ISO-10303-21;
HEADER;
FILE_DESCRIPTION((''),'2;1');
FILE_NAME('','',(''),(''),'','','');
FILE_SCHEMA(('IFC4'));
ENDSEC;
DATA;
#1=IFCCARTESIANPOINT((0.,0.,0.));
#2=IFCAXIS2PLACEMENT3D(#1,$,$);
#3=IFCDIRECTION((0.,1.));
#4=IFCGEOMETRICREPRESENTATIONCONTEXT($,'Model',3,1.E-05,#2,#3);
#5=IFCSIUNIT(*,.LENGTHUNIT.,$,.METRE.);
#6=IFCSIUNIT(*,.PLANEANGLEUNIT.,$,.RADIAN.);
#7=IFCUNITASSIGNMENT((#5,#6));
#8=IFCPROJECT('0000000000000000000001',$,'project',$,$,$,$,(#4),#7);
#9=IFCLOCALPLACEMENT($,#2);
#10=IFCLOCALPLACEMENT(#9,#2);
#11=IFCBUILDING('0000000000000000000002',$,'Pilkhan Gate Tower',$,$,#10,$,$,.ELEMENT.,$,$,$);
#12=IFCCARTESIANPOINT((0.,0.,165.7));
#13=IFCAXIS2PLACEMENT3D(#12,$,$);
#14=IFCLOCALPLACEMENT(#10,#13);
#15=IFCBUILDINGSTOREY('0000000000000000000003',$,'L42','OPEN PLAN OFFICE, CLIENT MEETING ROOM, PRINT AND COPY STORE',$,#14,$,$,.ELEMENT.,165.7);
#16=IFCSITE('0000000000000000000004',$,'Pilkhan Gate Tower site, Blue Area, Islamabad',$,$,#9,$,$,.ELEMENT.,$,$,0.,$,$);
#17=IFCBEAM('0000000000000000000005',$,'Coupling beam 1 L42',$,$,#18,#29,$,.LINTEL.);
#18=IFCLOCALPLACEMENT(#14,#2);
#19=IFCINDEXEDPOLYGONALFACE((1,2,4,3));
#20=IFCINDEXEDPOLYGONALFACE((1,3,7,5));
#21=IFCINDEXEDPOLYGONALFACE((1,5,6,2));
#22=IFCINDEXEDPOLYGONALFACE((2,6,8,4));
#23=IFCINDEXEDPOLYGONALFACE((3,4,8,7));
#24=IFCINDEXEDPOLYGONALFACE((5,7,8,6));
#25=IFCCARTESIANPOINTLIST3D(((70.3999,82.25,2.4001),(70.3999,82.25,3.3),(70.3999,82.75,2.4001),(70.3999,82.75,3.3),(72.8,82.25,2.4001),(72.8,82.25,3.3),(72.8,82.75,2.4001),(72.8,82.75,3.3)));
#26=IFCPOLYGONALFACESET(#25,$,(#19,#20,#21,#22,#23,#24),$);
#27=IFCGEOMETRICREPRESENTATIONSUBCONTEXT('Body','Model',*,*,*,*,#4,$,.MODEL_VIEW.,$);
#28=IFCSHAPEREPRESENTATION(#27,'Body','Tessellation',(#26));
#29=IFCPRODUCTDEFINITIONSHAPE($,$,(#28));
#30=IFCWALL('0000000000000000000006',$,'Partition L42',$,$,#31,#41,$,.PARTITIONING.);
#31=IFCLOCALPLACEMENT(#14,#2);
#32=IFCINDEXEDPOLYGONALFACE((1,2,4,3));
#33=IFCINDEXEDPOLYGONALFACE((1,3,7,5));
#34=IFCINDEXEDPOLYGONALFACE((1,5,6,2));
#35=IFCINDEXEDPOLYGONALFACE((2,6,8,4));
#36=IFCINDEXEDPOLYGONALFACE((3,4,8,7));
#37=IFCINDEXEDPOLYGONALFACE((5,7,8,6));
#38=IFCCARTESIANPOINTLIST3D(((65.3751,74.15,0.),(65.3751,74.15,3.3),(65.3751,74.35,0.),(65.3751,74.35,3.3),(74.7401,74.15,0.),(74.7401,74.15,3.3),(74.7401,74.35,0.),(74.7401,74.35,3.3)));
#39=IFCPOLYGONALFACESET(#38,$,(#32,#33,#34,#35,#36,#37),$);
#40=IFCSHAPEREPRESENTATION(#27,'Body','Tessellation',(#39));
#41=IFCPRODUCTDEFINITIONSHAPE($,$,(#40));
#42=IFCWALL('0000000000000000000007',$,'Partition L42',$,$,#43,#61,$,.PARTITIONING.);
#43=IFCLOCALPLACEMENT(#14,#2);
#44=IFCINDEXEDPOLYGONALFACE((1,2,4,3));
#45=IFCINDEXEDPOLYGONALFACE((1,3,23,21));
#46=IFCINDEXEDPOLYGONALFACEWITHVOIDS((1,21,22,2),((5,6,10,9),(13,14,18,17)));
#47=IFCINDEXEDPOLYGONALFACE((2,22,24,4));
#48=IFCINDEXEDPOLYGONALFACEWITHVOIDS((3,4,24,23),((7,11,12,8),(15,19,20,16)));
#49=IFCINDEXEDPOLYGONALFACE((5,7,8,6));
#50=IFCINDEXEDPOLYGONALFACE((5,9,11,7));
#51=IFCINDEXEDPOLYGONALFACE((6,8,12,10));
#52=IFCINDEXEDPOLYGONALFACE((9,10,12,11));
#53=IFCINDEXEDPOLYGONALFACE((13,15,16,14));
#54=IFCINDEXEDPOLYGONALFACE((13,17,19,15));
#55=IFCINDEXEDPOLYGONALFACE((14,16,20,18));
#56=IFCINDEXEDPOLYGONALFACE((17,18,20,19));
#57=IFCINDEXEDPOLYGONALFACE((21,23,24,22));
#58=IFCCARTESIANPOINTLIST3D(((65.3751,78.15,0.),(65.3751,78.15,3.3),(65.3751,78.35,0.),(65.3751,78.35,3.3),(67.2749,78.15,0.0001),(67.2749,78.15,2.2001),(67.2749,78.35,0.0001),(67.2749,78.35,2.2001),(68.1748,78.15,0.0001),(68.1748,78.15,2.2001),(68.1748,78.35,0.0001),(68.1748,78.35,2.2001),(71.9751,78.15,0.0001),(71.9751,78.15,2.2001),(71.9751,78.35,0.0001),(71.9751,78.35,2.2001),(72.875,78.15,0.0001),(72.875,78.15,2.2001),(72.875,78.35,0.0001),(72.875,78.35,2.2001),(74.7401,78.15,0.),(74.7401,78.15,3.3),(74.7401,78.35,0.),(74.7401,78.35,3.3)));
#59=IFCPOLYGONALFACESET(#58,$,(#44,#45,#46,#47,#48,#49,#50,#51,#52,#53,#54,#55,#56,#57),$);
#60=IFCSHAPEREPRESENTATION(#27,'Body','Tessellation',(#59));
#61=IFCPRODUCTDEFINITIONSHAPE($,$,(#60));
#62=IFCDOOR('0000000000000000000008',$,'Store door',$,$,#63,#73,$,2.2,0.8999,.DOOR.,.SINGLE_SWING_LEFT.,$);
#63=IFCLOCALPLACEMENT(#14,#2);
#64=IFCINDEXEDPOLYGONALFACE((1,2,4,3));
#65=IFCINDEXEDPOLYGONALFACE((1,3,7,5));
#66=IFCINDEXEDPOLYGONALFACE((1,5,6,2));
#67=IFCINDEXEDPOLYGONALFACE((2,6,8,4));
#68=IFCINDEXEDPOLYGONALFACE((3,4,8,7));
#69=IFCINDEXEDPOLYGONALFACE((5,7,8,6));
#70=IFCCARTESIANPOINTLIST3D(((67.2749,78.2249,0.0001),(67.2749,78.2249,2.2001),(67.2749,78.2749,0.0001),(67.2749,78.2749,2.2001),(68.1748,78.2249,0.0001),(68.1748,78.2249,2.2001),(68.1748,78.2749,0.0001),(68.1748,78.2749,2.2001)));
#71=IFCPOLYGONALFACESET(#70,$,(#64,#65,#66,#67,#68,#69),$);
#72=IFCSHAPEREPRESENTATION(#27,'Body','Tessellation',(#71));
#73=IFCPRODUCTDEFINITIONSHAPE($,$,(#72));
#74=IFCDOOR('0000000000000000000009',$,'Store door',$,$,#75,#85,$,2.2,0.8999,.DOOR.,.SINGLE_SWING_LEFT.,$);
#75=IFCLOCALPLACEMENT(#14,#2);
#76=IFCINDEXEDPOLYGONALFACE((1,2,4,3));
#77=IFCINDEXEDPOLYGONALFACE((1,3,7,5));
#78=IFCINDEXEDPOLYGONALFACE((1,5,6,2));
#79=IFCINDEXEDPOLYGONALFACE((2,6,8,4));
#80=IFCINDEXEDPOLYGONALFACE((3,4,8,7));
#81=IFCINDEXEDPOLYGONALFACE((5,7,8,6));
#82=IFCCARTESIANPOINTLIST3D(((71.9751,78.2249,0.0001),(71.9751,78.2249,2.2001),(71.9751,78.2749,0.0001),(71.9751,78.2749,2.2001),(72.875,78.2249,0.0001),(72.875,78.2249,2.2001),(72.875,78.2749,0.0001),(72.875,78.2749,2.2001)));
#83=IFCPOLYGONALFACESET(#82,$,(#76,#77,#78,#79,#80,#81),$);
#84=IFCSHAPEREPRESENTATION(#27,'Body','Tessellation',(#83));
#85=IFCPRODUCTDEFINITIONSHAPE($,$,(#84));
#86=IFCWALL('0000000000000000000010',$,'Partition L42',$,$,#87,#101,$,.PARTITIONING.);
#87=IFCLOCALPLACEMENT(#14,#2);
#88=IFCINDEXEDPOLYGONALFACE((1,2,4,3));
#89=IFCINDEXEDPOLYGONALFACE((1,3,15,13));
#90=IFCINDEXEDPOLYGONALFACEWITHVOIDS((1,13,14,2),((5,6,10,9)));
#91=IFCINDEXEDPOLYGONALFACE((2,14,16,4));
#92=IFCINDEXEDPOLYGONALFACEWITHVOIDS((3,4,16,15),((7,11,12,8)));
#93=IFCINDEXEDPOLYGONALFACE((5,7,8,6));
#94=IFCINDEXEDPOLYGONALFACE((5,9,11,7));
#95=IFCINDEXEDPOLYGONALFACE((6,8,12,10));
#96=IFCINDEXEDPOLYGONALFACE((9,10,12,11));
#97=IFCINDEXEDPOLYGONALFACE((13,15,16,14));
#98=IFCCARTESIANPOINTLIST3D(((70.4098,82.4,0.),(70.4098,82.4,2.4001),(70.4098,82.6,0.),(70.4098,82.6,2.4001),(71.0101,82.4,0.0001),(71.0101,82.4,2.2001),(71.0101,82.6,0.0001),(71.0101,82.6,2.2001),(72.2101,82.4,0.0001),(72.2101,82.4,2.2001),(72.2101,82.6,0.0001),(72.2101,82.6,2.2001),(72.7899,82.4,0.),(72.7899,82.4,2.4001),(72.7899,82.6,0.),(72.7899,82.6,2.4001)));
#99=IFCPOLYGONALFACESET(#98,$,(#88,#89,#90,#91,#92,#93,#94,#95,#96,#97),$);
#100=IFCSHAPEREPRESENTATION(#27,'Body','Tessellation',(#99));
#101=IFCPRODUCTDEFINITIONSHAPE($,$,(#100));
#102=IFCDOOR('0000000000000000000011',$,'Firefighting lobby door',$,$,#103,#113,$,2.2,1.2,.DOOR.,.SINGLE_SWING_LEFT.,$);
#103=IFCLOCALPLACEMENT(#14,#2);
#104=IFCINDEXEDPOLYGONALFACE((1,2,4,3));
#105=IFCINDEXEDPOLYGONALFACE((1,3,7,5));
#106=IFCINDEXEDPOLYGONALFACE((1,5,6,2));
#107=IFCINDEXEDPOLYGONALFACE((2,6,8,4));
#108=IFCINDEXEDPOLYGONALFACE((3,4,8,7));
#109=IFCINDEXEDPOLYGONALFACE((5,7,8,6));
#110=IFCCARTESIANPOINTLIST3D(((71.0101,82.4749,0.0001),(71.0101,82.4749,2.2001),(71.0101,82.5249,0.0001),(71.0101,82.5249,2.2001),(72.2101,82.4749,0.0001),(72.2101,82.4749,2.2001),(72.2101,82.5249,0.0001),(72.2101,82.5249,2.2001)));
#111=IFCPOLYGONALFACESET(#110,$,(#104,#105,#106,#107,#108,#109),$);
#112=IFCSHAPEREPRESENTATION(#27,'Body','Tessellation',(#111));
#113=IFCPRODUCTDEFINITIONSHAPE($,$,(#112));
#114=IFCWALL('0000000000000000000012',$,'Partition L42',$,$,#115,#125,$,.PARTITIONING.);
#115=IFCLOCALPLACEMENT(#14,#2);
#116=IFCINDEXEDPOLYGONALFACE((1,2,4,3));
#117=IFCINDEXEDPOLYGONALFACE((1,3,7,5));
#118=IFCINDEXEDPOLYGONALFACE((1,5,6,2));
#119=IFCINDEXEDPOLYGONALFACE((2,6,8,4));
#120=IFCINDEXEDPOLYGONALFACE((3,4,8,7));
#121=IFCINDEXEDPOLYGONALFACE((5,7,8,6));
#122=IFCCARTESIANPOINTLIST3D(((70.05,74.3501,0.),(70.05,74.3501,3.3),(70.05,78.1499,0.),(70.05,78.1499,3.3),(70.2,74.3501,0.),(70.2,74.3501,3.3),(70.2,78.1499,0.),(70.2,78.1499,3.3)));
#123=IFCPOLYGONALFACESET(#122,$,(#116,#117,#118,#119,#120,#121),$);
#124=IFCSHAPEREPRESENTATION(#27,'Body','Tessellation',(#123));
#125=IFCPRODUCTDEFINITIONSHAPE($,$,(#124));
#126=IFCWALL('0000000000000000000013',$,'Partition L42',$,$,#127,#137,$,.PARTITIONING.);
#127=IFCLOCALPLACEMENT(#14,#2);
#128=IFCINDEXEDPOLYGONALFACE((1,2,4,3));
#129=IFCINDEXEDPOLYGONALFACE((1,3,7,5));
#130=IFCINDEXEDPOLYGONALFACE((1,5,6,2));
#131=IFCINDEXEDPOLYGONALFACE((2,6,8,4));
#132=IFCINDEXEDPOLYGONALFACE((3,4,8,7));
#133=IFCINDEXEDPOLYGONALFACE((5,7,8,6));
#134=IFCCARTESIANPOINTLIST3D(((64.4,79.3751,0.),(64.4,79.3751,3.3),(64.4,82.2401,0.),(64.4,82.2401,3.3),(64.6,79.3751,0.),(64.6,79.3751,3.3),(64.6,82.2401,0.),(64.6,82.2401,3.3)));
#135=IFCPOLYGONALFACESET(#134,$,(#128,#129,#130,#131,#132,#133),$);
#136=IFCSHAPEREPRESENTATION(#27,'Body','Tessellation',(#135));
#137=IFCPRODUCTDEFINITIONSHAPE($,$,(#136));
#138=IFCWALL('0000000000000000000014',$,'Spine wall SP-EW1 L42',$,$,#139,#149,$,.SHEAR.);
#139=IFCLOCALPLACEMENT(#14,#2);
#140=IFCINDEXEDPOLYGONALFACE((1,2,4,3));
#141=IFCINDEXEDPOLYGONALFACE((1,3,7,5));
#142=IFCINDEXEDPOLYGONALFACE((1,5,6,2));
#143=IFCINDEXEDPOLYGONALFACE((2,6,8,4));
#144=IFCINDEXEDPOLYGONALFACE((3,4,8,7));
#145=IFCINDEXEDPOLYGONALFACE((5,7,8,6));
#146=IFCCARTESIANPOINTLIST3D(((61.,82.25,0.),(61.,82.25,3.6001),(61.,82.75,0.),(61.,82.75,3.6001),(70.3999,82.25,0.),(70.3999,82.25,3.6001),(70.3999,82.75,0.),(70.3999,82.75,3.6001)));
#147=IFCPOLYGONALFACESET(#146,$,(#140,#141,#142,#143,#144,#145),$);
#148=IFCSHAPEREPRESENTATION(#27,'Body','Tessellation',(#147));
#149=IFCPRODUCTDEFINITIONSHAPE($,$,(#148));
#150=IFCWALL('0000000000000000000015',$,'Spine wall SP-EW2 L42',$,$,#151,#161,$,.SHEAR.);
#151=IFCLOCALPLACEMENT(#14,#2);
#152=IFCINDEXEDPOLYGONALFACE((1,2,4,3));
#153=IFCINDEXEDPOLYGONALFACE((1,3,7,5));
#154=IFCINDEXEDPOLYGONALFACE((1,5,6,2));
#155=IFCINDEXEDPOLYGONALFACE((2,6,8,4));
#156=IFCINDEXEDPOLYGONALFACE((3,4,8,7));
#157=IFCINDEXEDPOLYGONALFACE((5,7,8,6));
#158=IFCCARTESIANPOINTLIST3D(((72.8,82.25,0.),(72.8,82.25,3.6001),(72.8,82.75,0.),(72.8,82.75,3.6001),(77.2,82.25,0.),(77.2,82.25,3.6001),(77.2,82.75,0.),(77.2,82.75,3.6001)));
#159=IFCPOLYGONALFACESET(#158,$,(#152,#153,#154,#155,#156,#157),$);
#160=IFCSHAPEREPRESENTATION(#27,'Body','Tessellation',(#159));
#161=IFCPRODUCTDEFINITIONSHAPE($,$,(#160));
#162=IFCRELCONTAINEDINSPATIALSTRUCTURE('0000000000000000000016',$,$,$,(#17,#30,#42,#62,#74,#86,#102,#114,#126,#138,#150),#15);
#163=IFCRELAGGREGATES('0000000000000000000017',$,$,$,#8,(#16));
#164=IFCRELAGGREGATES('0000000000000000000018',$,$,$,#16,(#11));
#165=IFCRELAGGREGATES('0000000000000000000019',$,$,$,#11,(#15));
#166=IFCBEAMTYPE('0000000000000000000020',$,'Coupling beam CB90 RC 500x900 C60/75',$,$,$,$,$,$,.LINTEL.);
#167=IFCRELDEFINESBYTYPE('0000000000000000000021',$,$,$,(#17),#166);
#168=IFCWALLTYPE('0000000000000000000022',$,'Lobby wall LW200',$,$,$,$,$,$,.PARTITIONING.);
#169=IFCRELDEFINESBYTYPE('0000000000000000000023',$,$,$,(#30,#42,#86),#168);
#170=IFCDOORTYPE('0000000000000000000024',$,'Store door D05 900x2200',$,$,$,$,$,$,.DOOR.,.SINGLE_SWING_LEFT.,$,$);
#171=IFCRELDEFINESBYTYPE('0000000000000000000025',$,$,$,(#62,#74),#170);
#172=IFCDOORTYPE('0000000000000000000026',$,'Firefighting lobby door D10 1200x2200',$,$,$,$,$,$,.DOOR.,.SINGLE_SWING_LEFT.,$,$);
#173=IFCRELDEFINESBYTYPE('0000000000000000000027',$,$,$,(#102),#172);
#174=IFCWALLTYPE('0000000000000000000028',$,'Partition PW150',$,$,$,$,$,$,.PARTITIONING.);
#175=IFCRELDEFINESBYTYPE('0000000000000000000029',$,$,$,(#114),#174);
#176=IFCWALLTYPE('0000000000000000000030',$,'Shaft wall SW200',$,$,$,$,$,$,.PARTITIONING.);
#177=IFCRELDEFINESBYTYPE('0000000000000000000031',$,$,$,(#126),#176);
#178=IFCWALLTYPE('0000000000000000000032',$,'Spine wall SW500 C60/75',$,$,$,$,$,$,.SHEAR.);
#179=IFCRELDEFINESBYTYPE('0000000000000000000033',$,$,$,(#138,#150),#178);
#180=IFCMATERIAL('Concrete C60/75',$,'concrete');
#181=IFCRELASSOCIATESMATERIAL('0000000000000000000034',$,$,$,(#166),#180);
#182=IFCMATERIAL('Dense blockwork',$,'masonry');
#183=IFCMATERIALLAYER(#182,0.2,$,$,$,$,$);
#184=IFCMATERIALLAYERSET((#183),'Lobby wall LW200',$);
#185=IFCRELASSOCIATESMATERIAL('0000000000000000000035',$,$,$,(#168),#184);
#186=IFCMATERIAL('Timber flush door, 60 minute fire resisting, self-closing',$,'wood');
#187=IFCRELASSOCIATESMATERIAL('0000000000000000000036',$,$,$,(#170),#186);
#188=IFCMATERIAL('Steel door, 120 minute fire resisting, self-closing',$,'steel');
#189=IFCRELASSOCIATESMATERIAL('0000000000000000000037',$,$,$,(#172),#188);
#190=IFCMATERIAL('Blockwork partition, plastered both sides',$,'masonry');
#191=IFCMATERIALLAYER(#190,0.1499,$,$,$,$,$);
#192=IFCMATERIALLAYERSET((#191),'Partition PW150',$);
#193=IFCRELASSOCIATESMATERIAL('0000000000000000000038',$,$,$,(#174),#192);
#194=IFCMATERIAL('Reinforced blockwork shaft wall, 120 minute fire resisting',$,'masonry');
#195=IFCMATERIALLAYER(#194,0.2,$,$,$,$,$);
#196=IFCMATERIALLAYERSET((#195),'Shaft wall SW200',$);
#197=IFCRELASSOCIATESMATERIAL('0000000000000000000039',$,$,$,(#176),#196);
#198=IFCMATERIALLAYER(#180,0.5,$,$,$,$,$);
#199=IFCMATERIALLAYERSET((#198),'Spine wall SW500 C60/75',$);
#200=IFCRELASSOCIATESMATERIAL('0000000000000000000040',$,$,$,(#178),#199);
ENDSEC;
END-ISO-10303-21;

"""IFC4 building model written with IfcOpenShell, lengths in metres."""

from ifc_helpers import new_model, si_unit, direction, frame, frame_2d, origin, origin_2d, place, context, subcontext, project, spatial, rectangle, extrude, material, layer, layer_set, material_profile, profile_set, type_object, element, fill, save


model = new_model("IFC4")

# Units and contexts
model_context = context("Model", 3, precision=1e-05, world=origin(), true_north=direction((0.0, 1.0)))
body_context = subcontext(model_context, "Body", "Model", "MODEL_VIEW")
ifc_project = project(units=[si_unit("LENGTHUNIT", "METRE"), si_unit("PLANEANGLEUNIT", "RADIAN")], contexts=[model_context])

# Site, building, storey
site_placement = place(None, origin())
site = spatial("IfcSite", under=ifc_project, at=site_placement, Name="Pilkhan Gate Tower site, Blue Area, Islamabad", CompositionType="ELEMENT", RefElevation=0.0)
building_placement = place(site_placement, origin())
building = spatial("IfcBuilding", under=site, at=building_placement, Name="Pilkhan Gate Tower", CompositionType="ELEMENT")
storey_placement = place(building_placement, frame((0.0, 0.0, 165.7)))
storey = spatial("IfcBuildingStorey", under=building, at=storey_placement, Name="L42", Description="OPEN PLAN OFFICE, CLIENT MEETING ROOM, PRINT AND COPY STORE", CompositionType="ELEMENT", Elevation=165.7)

# Beam
ifc_material_1 = material(Name="Concrete C60/75", Category="concrete")
ifc_material_profile = material_profile(ifc_material_1, rectangle(XDim=0.5, YDim=0.8999, at=origin_2d()), Name="RC 500x900")
ifc_profile_set = profile_set([ifc_material_profile], Name="Concrete C60/75")
beam_type = type_object("IfcBeamType", Name="Coupling beam CB90 RC 500x900 C60/75", PredefinedType="LINTEL", material=ifc_profile_set)
beam_placement = place(storey_placement, frame((70.3999, 82.5, 2.8501), z_axis=(1.0, 0.0, 0.0), x_axis=(0.0, 1.0, 0.0)))
element("IfcBeam", 1, at=beam_placement, inside=storey, type_object=beam_type, Name="Coupling beam 1 L42", PredefinedType="LINTEL", context=body_context, shape_type="SweptSolid", body=[
    extrude(rectangle(XDim=0.5, YDim=0.8999, at=origin_2d()), origin(), (0.0, 0.0, 1.0), 2.4001),
])

# Wall
ifc_material_2 = material(Name="Dense blockwork", Category="masonry")
ifc_layer_1 = layer(ifc_material_2, 0.2)
ifc_layer_set_1 = layer_set([ifc_layer_1], Name="Lobby wall LW200")
wall_type_1 = type_object("IfcWallType", Name="Lobby wall LW200", PredefinedType="PARTITIONING", material=ifc_layer_set_1)
wall_1_placement = place(storey_placement, frame((65.375, 74.25, 0.0), z_axis=(0.0, 0.0, 1.0), x_axis=(1.0, 0.0, 0.0)))
element("IfcWall", 2, at=wall_1_placement, inside=storey, type_object=wall_type_1, Name="Partition L42", PredefinedType="PARTITIONING", context=body_context, shape_type="SweptSolid", body=[
    extrude(rectangle(XDim=9.365, YDim=0.2, at=frame_2d((4.6826, 0.0))), origin(), (0.0, 0.0, 1.0), 3.3),
])

# Wall, openings, doors
wall_2_placement = place(storey_placement, frame((65.375, 78.25, 0.0), z_axis=(0.0, 0.0, 1.0), x_axis=(1.0, 0.0, 0.0)))
wall_2 = element("IfcWall", 3, at=wall_2_placement, inside=storey, type_object=wall_type_1, Name="Partition L42", PredefinedType="PARTITIONING", context=body_context, shape_type="SweptSolid", body=[
    extrude(rectangle(XDim=9.365, YDim=0.2, at=frame_2d((4.6826, 0.0))), origin(), (0.0, 0.0, 1.0), 3.3),
])
opening_1_placement = place(wall_2_placement, frame((1.8999, 0.0, 0.0)))
opening_1 = element("IfcOpeningElement", 4, at=opening_1_placement, cuts=wall_2, PredefinedType="OPENING", context=body_context, shape_type="SweptSolid", body=[
    extrude(rectangle(XDim=0.8999, YDim=2.2, at=frame_2d((0.45, 1.1001))), frame((0.0, 0.1099, 0.0), z_axis=(0.0, -1.0, 0.0), x_axis=(1.0, 0.0, 0.0)), (0.0, 0.0, 1.0), 0.22),
])
opening_2_placement = place(wall_2_placement, frame((6.6001, 0.0, 0.0)))
opening_2 = element("IfcOpeningElement", 5, at=opening_2_placement, cuts=wall_2, PredefinedType="OPENING", context=body_context, shape_type="SweptSolid", body=[
    extrude(rectangle(XDim=0.8999, YDim=2.2, at=frame_2d((0.45, 1.1001))), frame((0.0, 0.1099, 0.0), z_axis=(0.0, -1.0, 0.0), x_axis=(1.0, 0.0, 0.0)), (0.0, 0.0, 1.0), 0.22),
])
ifc_material_3 = material(Name="Timber flush door, 60 minute fire resisting, self-closing", Category="wood")
door_type_1 = type_object("IfcDoorType", Name="Store door D05 900x2200", OperationType="SINGLE_SWING_LEFT", PredefinedType="DOOR", material=ifc_material_3)
door_1_placement = place(opening_1_placement, origin())
door_1 = element("IfcDoor", 6, at=door_1_placement, inside=storey, type_object=door_type_1, Name="Store door", OperationType="SINGLE_SWING_LEFT", OverallHeight=2.2, OverallWidth=0.8999, PredefinedType="DOOR", context=body_context, shape_type="SweptSolid", body=[
    extrude(rectangle(XDim=0.8999, YDim=2.2, at=frame_2d((0.45, 1.1001))), frame((0.0, 0.0249, 0.0), z_axis=(0.0, -1.0, 0.0), x_axis=(1.0, 0.0, 0.0)), (0.0, 0.0, 1.0), 0.05),
])
fill(opening_1, door_1)
door_2_placement = place(opening_2_placement, origin())
door_2 = element("IfcDoor", 7, at=door_2_placement, inside=storey, type_object=door_type_1, Name="Store door", OperationType="SINGLE_SWING_LEFT", OverallHeight=2.2, OverallWidth=0.8999, PredefinedType="DOOR", context=body_context, shape_type="SweptSolid", body=[
    extrude(rectangle(XDim=0.8999, YDim=2.2, at=frame_2d((0.45, 1.1001))), frame((0.0, 0.0249, 0.0), z_axis=(0.0, -1.0, 0.0), x_axis=(1.0, 0.0, 0.0)), (0.0, 0.0, 1.0), 0.05),
])
fill(opening_2, door_2)

# Wall, opening, door
wall_3_placement = place(storey_placement, frame((70.4099, 82.5, 0.0), z_axis=(0.0, 0.0, 1.0), x_axis=(1.0, 0.0, 0.0)))
wall_3 = element("IfcWall", 8, at=wall_3_placement, inside=storey, type_object=wall_type_1, Name="Partition L42", PredefinedType="PARTITIONING", context=body_context, shape_type="SweptSolid", body=[
    extrude(rectangle(XDim=2.3801, YDim=0.2, at=frame_2d((1.1899, 0.0))), origin(), (0.0, 0.0, 1.0), 2.4001),
])
opening_3_placement = place(wall_3_placement, frame((0.6001, 0.0, 0.0)))
opening_3 = element("IfcOpeningElement", 9, at=opening_3_placement, cuts=wall_3, PredefinedType="OPENING", context=body_context, shape_type="SweptSolid", body=[
    extrude(rectangle(XDim=1.2, YDim=2.2, at=frame_2d((0.6001, 1.1001))), frame((0.0, 0.1099, 0.0), z_axis=(0.0, -1.0, 0.0), x_axis=(1.0, 0.0, 0.0)), (0.0, 0.0, 1.0), 0.22),
])
ifc_material_4 = material(Name="Steel door, 120 minute fire resisting, self-closing", Category="steel")
door_type_2 = type_object("IfcDoorType", Name="Firefighting lobby door D10 1200x2200", OperationType="SINGLE_SWING_LEFT", PredefinedType="DOOR", material=ifc_material_4)
door_3_placement = place(opening_3_placement, origin())
door_3 = element("IfcDoor", 10, at=door_3_placement, inside=storey, type_object=door_type_2, Name="Firefighting lobby door", OperationType="SINGLE_SWING_LEFT", OverallHeight=2.2, OverallWidth=1.2, PredefinedType="DOOR", context=body_context, shape_type="SweptSolid", body=[
    extrude(rectangle(XDim=1.2, YDim=2.2, at=frame_2d((0.6001, 1.1001))), frame((0.0, 0.0249, 0.0), z_axis=(0.0, -1.0, 0.0), x_axis=(1.0, 0.0, 0.0)), (0.0, 0.0, 1.0), 0.05),
])
fill(opening_3, door_3)

# Walls
ifc_material_5 = material(Name="Blockwork partition, plastered both sides", Category="masonry")
ifc_layer_2 = layer(ifc_material_5, 0.1499)
ifc_layer_set_2 = layer_set([ifc_layer_2], Name="Partition PW150")
wall_type_2 = type_object("IfcWallType", Name="Partition PW150", PredefinedType="PARTITIONING", material=ifc_layer_set_2)
wall_4_placement = place(storey_placement, frame((70.125, 74.3501, 0.0), z_axis=(0.0, 0.0, 1.0), x_axis=(0.0, 1.0, 0.0)))
element("IfcWall", 11, at=wall_4_placement, inside=storey, type_object=wall_type_2, Name="Partition L42", PredefinedType="PARTITIONING", context=body_context, shape_type="SweptSolid", body=[
    extrude(rectangle(XDim=3.7998, YDim=0.1499, at=frame_2d((1.8999, 0.0))), origin(), (0.0, 0.0, 1.0), 3.3),
])
ifc_material_6 = material(Name="Reinforced blockwork shaft wall, 120 minute fire resisting", Category="masonry")
ifc_layer_3 = layer(ifc_material_6, 0.2)
ifc_layer_set_3 = layer_set([ifc_layer_3], Name="Shaft wall SW200")
wall_type_3 = type_object("IfcWallType", Name="Shaft wall SW200", PredefinedType="PARTITIONING", material=ifc_layer_set_3)
wall_5_placement = place(storey_placement, frame((64.5, 79.375, 0.0), z_axis=(0.0, 0.0, 1.0), x_axis=(0.0, 1.0, 0.0)))
element("IfcWall", 12, at=wall_5_placement, inside=storey, type_object=wall_type_3, Name="Partition L42", PredefinedType="PARTITIONING", context=body_context, shape_type="SweptSolid", body=[
    extrude(rectangle(XDim=2.865, YDim=0.2, at=frame_2d((1.4326, 0.0))), origin(), (0.0, 0.0, 1.0), 3.3),
])
ifc_layer_4 = layer(ifc_material_1, 0.5)
ifc_layer_set_4 = layer_set([ifc_layer_4], Name="Spine wall SW500 C60/75")
wall_type_4 = type_object("IfcWallType", Name="Spine wall SW500 C60/75", PredefinedType="SHEAR", material=ifc_layer_set_4)
wall_6_placement = place(storey_placement, frame((61.0, 82.5, 0.0), z_axis=(0.0, 0.0, 1.0), x_axis=(1.0, 0.0, 0.0)))
element("IfcWall", 13, at=wall_6_placement, inside=storey, type_object=wall_type_4, Name="Spine wall SP-EW1 L42", PredefinedType="SHEAR", context=body_context, shape_type="SweptSolid", body=[
    extrude(rectangle(XDim=9.3999, YDim=0.5, at=frame_2d((4.7, 0.0))), origin(), (0.0, 0.0, 1.0), 3.6001),
])
wall_7_placement = place(storey_placement, frame((72.8, 82.5, 0.0), z_axis=(0.0, 0.0, 1.0), x_axis=(1.0, 0.0, 0.0)))
element("IfcWall", 14, at=wall_7_placement, inside=storey, type_object=wall_type_4, Name="Spine wall SP-EW2 L42", PredefinedType="SHEAR", context=body_context, shape_type="SweptSolid", body=[
    extrude(rectangle(XDim=4.3999, YDim=0.5, at=frame_2d((2.2, 0.0))), origin(), (0.0, 0.0, 1.0), 3.6001),
])

save(model, "model.ifc")
